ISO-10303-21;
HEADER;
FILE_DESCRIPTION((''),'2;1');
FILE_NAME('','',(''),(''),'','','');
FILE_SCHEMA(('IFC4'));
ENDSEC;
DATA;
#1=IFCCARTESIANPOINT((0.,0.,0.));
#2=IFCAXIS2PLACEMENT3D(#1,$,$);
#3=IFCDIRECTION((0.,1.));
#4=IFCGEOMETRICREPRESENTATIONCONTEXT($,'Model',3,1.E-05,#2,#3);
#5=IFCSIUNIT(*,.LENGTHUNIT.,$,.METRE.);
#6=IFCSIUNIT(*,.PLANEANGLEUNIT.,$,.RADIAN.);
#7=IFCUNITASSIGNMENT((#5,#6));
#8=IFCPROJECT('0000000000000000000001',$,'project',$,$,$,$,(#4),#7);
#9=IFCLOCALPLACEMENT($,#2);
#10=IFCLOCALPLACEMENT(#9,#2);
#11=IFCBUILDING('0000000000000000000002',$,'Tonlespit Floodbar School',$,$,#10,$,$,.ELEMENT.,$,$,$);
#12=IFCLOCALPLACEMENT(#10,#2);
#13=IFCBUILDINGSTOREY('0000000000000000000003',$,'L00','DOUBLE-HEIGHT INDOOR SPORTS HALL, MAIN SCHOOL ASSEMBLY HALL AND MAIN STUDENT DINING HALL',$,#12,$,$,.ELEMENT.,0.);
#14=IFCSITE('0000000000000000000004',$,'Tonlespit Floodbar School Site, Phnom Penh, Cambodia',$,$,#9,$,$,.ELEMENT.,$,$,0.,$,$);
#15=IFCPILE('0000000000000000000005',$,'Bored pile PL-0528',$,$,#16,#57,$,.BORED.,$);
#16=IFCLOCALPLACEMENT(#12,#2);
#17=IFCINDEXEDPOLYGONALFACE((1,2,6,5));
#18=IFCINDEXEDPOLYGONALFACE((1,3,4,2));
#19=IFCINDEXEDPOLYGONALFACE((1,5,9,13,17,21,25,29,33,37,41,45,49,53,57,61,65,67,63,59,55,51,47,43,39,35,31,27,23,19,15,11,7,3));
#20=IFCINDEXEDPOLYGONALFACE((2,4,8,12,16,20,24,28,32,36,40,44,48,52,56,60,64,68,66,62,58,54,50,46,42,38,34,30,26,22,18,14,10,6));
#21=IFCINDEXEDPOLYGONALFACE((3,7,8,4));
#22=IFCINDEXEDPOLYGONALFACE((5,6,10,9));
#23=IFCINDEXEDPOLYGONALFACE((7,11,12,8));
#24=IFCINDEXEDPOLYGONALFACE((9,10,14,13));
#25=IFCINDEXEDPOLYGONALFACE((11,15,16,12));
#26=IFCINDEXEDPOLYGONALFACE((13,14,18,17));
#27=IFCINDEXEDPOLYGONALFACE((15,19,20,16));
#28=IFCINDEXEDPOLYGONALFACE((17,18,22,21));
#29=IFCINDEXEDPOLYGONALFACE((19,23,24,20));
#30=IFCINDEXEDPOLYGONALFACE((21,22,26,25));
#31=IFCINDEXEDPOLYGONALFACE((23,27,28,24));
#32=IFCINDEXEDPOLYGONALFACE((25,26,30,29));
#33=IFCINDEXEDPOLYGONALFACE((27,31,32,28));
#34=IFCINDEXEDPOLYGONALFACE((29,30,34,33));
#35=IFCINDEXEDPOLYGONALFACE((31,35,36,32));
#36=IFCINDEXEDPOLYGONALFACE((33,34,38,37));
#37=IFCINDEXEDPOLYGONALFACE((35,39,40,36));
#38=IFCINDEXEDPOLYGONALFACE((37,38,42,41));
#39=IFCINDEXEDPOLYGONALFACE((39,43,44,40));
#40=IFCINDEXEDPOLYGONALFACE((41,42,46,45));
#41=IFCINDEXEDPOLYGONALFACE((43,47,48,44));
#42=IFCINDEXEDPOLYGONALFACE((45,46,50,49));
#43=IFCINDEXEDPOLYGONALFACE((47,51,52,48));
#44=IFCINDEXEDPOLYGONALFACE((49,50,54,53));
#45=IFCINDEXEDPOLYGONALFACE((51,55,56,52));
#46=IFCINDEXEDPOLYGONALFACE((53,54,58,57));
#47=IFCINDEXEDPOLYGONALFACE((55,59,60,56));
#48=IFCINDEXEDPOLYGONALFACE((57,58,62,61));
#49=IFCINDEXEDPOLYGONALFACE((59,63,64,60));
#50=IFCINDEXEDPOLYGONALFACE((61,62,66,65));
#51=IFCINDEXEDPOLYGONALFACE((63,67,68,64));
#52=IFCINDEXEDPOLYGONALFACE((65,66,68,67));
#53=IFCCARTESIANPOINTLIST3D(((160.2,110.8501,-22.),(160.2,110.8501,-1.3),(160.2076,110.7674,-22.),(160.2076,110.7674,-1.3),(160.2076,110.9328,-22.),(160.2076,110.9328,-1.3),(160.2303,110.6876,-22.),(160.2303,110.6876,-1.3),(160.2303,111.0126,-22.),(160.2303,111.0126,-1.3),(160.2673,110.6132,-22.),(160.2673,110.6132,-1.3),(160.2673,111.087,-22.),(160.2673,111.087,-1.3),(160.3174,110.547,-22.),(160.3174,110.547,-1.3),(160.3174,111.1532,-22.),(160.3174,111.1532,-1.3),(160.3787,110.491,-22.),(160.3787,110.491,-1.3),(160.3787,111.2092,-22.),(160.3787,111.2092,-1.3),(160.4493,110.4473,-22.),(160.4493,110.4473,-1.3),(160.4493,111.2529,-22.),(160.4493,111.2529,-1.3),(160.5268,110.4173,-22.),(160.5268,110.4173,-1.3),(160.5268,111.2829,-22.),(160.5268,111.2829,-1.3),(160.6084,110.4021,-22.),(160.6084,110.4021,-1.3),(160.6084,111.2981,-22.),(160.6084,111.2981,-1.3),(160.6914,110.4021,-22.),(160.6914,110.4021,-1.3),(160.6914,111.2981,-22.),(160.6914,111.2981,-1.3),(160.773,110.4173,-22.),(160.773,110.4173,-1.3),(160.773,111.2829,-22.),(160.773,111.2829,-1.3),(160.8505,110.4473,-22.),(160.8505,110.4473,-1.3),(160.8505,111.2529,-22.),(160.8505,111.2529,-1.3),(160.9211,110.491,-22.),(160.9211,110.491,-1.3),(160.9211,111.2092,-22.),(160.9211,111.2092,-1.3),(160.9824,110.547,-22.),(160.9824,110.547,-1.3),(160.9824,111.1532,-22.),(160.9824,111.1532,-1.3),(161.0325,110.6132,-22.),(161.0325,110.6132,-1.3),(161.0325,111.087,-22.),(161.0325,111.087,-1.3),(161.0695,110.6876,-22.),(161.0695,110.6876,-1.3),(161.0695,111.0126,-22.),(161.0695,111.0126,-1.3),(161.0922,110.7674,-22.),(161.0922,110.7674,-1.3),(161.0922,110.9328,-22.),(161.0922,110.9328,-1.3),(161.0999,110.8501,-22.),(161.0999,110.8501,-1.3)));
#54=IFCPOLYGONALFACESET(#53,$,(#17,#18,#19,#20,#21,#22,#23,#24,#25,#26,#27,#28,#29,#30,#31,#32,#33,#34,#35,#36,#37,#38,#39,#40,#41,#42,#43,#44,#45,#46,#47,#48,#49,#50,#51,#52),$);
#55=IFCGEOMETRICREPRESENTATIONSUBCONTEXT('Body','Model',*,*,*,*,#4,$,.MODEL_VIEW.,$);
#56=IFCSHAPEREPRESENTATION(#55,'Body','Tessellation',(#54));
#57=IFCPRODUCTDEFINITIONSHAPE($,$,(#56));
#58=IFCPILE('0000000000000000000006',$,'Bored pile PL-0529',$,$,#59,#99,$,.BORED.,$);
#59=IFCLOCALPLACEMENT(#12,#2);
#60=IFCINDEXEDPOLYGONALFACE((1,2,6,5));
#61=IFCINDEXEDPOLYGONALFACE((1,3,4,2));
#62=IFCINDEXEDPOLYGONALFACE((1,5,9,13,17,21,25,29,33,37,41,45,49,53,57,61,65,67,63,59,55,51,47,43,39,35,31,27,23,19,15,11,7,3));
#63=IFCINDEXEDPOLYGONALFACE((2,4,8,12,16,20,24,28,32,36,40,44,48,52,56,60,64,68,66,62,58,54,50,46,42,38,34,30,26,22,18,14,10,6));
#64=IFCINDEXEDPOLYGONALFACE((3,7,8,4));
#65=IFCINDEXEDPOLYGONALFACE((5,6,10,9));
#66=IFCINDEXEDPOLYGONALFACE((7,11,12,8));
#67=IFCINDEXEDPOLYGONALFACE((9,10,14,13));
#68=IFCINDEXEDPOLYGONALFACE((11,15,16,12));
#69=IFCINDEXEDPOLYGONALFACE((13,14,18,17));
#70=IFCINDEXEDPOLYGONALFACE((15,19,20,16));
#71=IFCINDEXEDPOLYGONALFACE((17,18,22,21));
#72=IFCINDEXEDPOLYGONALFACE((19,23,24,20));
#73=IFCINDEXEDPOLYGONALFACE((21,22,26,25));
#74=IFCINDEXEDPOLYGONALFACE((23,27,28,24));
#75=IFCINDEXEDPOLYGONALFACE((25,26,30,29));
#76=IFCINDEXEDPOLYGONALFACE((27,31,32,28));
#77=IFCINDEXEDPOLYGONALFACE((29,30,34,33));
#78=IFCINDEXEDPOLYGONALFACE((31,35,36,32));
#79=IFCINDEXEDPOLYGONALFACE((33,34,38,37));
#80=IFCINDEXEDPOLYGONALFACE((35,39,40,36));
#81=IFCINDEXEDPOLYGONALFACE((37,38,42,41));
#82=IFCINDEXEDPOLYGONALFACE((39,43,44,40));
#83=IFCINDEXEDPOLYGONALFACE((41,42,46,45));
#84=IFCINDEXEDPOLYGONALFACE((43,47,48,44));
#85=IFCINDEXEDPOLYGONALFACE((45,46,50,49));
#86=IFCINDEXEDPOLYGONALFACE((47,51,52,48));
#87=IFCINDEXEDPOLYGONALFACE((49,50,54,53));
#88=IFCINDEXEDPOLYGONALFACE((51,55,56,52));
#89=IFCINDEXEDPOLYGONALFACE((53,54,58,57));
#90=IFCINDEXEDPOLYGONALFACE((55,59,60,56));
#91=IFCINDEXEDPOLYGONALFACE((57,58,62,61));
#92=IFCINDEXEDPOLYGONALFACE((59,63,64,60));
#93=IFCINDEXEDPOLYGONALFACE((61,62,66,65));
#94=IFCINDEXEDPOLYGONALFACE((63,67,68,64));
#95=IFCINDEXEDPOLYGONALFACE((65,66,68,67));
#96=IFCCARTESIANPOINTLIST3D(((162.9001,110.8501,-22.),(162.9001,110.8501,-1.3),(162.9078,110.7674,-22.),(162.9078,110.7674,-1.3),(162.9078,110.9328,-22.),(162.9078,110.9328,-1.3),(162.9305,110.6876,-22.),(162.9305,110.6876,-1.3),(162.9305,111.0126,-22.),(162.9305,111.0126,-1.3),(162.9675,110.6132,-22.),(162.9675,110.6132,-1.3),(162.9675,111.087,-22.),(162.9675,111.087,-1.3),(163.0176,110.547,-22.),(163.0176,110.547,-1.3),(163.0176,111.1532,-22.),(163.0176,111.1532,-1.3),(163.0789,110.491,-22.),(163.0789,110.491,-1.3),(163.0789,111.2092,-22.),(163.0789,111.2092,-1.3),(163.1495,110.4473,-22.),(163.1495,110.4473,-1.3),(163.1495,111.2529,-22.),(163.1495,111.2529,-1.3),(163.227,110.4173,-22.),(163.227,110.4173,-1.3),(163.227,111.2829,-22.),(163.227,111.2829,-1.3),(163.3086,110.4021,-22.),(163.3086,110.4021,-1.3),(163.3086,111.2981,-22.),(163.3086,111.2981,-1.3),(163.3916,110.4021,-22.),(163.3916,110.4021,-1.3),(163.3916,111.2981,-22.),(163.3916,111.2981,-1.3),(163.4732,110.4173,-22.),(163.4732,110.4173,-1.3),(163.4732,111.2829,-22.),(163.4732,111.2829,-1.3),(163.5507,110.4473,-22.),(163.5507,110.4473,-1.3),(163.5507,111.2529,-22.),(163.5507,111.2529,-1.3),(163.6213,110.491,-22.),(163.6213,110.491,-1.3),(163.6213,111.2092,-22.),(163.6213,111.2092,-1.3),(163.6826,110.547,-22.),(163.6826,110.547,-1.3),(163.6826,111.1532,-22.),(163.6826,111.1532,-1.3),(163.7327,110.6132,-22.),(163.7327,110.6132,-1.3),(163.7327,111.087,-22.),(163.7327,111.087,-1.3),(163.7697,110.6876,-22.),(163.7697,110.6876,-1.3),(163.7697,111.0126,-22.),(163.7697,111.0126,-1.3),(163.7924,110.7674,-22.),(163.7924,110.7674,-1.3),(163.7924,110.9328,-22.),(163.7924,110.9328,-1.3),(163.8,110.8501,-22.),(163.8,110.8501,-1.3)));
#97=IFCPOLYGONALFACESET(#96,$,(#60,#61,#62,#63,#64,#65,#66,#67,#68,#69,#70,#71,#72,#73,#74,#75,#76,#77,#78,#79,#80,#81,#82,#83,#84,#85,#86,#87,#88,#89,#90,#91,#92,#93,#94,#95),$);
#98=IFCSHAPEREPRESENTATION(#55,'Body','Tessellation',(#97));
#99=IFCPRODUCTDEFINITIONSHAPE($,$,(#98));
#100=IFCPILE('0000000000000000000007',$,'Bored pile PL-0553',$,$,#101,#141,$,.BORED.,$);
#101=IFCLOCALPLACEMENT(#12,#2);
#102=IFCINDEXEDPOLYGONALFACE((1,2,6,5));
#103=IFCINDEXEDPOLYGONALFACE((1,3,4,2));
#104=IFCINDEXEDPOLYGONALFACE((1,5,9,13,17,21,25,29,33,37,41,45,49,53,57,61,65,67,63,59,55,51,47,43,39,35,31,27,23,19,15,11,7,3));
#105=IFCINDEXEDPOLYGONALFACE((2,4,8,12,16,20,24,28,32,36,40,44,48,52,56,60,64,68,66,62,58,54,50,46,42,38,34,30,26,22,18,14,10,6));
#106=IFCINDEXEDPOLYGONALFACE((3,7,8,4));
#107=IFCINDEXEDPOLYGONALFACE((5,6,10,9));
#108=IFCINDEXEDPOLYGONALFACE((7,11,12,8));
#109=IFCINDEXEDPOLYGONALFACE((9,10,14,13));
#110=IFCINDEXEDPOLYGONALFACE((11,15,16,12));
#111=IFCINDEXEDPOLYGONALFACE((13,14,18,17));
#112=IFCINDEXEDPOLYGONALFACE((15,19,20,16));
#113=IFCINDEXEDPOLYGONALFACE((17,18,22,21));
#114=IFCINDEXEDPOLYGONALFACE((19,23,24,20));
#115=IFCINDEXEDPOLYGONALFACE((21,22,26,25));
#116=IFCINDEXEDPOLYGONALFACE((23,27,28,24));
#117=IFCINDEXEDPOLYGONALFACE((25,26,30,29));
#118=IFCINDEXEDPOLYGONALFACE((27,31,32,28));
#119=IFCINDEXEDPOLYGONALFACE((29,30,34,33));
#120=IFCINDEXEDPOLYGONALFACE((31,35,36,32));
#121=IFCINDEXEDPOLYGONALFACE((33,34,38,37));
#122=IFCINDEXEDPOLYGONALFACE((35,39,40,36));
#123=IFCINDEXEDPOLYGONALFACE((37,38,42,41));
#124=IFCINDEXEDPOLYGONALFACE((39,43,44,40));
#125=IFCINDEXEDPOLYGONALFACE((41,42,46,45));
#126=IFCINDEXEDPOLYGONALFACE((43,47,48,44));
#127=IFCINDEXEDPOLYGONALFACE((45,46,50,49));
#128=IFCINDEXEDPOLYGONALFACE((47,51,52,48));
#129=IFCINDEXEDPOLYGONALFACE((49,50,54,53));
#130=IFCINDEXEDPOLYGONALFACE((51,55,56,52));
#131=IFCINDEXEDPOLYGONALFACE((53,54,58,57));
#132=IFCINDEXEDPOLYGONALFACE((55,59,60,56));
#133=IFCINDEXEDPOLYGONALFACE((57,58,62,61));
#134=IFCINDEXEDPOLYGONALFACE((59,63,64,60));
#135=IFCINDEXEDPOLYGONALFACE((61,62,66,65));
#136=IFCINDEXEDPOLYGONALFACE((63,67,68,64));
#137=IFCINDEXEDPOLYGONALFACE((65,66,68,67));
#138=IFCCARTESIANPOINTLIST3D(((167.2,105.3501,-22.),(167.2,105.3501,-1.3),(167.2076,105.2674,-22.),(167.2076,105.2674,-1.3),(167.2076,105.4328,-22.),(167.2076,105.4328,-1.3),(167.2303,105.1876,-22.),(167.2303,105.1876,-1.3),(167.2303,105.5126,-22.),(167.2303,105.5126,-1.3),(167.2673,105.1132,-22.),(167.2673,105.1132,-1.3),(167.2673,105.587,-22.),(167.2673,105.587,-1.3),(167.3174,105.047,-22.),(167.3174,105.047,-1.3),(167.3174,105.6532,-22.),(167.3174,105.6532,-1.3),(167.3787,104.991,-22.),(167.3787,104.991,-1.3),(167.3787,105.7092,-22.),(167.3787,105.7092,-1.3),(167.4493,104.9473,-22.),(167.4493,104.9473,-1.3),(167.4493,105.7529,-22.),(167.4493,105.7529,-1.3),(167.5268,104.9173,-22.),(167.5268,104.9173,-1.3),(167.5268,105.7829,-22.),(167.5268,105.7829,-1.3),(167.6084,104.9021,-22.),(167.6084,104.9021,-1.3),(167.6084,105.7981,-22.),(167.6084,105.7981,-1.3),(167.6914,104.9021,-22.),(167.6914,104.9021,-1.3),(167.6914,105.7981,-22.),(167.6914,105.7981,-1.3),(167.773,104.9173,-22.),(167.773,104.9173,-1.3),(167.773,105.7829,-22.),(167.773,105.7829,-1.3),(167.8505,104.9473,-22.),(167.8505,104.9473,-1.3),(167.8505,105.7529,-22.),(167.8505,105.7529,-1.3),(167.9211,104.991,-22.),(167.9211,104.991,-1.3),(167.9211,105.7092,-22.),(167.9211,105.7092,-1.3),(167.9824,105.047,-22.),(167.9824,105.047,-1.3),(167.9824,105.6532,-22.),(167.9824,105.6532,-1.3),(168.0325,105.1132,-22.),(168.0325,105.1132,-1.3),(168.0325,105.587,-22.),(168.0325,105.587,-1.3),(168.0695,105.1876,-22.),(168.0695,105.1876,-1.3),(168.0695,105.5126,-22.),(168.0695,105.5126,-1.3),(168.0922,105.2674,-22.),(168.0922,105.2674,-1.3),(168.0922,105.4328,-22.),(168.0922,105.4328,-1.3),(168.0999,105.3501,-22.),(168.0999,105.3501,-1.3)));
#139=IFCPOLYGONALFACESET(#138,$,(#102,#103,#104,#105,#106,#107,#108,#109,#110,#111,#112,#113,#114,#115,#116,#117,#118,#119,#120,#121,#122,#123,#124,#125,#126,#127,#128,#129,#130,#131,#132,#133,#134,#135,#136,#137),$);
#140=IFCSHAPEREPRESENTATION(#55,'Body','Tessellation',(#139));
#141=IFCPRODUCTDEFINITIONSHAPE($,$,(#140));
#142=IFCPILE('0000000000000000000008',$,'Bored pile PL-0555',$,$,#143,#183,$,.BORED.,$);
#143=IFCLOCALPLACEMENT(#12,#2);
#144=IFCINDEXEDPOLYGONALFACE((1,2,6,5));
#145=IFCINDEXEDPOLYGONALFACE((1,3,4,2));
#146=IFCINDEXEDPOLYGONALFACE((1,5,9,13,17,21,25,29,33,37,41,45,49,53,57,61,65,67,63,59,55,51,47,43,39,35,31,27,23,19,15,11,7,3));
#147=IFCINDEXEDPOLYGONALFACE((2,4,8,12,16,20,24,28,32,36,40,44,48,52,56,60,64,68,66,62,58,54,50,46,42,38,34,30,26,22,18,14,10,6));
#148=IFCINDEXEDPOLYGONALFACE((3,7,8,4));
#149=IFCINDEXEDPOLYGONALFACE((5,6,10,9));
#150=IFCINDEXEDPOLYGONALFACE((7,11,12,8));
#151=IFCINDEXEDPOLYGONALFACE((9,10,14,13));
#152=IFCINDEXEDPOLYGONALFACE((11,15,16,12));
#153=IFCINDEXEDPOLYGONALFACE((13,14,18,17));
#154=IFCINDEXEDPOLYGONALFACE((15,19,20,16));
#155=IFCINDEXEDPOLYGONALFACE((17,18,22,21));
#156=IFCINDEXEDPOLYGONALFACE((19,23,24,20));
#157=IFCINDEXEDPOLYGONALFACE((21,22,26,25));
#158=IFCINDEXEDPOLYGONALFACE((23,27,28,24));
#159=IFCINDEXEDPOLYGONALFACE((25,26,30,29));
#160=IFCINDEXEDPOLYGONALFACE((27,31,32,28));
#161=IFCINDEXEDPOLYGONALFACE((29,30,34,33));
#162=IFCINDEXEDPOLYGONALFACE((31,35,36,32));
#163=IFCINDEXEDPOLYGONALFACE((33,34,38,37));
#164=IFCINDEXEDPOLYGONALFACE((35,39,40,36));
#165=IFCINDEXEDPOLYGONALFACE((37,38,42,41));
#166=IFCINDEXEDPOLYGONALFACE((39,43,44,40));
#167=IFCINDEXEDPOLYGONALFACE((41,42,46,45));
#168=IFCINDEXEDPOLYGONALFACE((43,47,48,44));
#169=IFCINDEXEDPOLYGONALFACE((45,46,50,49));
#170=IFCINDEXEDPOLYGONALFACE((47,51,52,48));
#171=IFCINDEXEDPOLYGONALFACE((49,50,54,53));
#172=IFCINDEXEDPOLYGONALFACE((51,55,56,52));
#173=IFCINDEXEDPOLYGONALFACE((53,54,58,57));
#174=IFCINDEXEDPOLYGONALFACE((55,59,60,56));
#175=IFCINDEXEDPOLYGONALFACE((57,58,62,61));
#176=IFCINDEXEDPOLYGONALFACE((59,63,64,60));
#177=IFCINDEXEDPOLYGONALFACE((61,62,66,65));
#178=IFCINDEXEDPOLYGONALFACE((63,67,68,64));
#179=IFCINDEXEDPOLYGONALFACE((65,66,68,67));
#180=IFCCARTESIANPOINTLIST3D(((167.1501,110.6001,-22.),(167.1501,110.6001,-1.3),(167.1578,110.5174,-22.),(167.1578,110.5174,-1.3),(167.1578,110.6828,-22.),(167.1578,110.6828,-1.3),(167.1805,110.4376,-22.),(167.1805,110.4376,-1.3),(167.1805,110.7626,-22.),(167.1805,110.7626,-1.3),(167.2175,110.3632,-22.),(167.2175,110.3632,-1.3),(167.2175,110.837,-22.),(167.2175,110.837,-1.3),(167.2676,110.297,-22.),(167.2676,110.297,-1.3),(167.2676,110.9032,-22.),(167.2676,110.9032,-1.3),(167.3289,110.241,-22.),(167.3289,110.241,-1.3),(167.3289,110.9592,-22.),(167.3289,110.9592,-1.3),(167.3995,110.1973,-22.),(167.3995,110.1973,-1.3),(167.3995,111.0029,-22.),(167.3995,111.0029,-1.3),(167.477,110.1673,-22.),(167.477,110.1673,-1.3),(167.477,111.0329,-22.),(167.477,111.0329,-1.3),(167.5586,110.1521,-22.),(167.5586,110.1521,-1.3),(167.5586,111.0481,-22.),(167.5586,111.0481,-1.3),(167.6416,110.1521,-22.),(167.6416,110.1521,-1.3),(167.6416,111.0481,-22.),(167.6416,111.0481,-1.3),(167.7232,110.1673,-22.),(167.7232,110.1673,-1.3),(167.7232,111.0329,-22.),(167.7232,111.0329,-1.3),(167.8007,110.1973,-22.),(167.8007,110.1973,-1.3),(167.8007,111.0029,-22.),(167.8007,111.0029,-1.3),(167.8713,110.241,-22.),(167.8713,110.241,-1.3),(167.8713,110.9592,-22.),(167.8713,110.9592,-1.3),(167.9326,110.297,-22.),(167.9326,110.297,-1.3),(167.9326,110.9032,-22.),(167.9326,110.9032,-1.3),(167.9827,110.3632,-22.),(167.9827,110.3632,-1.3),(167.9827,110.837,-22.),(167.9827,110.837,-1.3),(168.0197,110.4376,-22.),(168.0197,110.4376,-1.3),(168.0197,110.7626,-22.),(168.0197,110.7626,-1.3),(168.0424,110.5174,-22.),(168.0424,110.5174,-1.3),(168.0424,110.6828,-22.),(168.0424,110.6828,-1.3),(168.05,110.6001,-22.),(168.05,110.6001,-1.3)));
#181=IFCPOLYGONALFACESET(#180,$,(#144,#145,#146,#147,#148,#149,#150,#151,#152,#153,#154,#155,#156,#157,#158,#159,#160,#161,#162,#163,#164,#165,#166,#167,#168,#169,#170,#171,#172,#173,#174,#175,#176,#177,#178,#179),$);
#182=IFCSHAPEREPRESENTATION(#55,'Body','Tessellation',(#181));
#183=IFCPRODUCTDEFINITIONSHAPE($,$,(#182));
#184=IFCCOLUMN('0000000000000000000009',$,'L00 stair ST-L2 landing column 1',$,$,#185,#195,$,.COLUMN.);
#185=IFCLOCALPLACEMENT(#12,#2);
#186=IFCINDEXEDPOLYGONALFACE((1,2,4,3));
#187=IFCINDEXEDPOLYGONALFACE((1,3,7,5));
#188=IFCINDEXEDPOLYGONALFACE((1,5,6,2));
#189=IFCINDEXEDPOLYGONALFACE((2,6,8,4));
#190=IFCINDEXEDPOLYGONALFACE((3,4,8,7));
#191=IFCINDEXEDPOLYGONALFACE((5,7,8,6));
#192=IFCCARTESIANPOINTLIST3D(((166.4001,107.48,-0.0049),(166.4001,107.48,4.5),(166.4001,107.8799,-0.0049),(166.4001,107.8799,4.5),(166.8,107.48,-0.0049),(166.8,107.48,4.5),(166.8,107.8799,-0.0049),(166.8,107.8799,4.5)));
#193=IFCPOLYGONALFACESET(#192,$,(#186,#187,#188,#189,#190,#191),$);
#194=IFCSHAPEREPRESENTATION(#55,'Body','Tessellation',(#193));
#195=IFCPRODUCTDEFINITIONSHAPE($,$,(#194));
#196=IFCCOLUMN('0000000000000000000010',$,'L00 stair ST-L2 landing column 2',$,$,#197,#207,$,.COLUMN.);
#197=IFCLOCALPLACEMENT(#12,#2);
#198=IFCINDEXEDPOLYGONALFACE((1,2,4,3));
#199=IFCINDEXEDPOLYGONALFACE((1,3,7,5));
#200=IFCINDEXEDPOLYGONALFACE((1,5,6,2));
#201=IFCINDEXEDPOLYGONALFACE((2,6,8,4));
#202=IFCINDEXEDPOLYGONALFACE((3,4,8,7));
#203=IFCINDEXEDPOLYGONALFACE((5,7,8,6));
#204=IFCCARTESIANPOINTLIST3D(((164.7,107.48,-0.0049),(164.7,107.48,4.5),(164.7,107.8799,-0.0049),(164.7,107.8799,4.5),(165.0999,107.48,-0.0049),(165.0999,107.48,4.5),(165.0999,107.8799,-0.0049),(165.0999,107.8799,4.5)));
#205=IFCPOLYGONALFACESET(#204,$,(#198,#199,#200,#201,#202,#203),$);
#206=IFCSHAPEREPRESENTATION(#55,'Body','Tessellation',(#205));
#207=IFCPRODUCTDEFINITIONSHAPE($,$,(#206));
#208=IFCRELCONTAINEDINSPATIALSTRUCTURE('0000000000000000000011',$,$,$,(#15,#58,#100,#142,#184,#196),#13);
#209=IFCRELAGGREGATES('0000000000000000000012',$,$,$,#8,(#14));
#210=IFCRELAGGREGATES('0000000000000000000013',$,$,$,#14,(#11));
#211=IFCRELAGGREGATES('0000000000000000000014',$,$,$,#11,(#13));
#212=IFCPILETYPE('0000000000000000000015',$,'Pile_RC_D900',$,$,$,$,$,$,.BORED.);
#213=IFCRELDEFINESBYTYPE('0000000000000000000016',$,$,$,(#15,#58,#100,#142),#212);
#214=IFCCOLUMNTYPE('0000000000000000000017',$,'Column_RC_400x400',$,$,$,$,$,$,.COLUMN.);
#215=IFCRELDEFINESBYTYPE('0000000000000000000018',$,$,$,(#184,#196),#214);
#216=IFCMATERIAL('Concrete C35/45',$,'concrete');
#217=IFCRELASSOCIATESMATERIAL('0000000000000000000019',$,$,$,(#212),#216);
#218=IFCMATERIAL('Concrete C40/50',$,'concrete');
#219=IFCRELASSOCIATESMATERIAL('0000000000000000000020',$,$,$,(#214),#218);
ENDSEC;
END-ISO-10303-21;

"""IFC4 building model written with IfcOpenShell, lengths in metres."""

from ifc_helpers import new_model, si_unit, direction, frame, origin, origin_2d, place, context, subcontext, project, spatial, rectangle, circle, extrude, material, material_profile, profile_set, type_object, element, save


model = new_model("IFC4")

# Units and contexts
model_context = context("Model", 3, precision=1e-05, world=origin(), true_north=direction((0.0, 1.0)))
body_context = subcontext(model_context, "Body", "Model", "MODEL_VIEW")
ifc_project = project(units=[si_unit("LENGTHUNIT", "METRE"), si_unit("PLANEANGLEUNIT", "RADIAN")], contexts=[model_context])

# Site, building, storey
site_placement = place(None, origin())
site = spatial("IfcSite", under=ifc_project, at=site_placement, Name="Tonlespit Floodbar School Site, Phnom Penh, Cambodia", CompositionType="ELEMENT", RefElevation=0.0)
building_placement = place(site_placement, origin())
building = spatial("IfcBuilding", under=site, at=building_placement, Name="Tonlespit Floodbar School", CompositionType="ELEMENT")
storey_placement = place(building_placement, origin())
storey = spatial("IfcBuildingStorey", under=building, at=storey_placement, Name="L00", Description="DOUBLE-HEIGHT INDOOR SPORTS HALL, MAIN SCHOOL ASSEMBLY HALL AND MAIN STUDENT DINING HALL", CompositionType="ELEMENT", Elevation=0.0)

# Shared definitions
ifc_material_1 = material(Name="Concrete C40/50", Category="concrete")

# Piles
ifc_material_2 = material(Name="Concrete C35/45", Category="concrete")
ifc_material_profile_1 = material_profile(ifc_material_2, circle(Radius=0.45, at=origin_2d()), Name="BP D900")
ifc_profile_set_1 = profile_set([ifc_material_profile_1], Name="Concrete C35/45")
pile_type = type_object("IfcPileType", Name="Pile_RC_D900", PredefinedType="BORED", material=ifc_profile_set_1)
for number, where, z_axis, x_axis, name in (
    (1, (160.6499, 110.8501, -1.3), (0.0, 0.0, -1.0), (1.0, 0.0, 0.0), "Bored pile PL-0528"),
    (2, (163.3501, 110.8501, -1.3), (0.0, 0.0, -1.0), (1.0, 0.0, 0.0), "Bored pile PL-0529"),
    (3, (167.6499, 105.3501, -1.3), (0.0, 0.0, -1.0), (1.0, 0.0, 0.0), "Bored pile PL-0553"),
    (4, (167.6001, 110.6001, -1.3), (0.0, 0.0, -1.0), (1.0, 0.0, 0.0), "Bored pile PL-0555"),
):
    element("IfcPile", number, at=place(storey_placement, frame(where, z_axis=z_axis, x_axis=x_axis)), inside=storey, type_object=pile_type, Name=name, PredefinedType="BORED", context=body_context, shape_type="SweptSolid", body=[
        extrude(circle(Radius=0.45, at=origin_2d()), origin(), (0.0, 0.0, 1.0), 20.7),
    ])

# Columns
ifc_material_profile_2 = material_profile(ifc_material_1, rectangle(XDim=0.3999, YDim=0.3999, at=origin_2d()), Name="RC 400x400")
ifc_profile_set_2 = profile_set([ifc_material_profile_2], Name="Concrete C40/50")
column_type_1 = type_object("IfcColumnType", Name="Column_RC_400x400", PredefinedType="COLUMN", material=ifc_profile_set_2)
for number, where, z_axis, x_axis, name in (
    (5, (166.6001, 107.6799, -0.0049), (0.0, 0.0, 1.0), (1.0, 0.0, 0.0), "L00 stair ST-L2 landing column 1"),
    (6, (164.8999, 107.6799, -0.0049), (0.0, 0.0, 1.0), (1.0, 0.0, 0.0), "L00 stair ST-L2 landing column 2"),
):
    element("IfcColumn", number, at=place(storey_placement, frame(where, z_axis=z_axis, x_axis=x_axis)), inside=storey, type_object=column_type_1, Name=name, PredefinedType="COLUMN", context=body_context, shape_type="SweptSolid", body=[
        extrude(rectangle(XDim=0.3999, YDim=0.3999, at=origin_2d()), origin(), (0.0, 0.0, 1.0), 4.5049),
    ])

save(model, "model.ifc")
